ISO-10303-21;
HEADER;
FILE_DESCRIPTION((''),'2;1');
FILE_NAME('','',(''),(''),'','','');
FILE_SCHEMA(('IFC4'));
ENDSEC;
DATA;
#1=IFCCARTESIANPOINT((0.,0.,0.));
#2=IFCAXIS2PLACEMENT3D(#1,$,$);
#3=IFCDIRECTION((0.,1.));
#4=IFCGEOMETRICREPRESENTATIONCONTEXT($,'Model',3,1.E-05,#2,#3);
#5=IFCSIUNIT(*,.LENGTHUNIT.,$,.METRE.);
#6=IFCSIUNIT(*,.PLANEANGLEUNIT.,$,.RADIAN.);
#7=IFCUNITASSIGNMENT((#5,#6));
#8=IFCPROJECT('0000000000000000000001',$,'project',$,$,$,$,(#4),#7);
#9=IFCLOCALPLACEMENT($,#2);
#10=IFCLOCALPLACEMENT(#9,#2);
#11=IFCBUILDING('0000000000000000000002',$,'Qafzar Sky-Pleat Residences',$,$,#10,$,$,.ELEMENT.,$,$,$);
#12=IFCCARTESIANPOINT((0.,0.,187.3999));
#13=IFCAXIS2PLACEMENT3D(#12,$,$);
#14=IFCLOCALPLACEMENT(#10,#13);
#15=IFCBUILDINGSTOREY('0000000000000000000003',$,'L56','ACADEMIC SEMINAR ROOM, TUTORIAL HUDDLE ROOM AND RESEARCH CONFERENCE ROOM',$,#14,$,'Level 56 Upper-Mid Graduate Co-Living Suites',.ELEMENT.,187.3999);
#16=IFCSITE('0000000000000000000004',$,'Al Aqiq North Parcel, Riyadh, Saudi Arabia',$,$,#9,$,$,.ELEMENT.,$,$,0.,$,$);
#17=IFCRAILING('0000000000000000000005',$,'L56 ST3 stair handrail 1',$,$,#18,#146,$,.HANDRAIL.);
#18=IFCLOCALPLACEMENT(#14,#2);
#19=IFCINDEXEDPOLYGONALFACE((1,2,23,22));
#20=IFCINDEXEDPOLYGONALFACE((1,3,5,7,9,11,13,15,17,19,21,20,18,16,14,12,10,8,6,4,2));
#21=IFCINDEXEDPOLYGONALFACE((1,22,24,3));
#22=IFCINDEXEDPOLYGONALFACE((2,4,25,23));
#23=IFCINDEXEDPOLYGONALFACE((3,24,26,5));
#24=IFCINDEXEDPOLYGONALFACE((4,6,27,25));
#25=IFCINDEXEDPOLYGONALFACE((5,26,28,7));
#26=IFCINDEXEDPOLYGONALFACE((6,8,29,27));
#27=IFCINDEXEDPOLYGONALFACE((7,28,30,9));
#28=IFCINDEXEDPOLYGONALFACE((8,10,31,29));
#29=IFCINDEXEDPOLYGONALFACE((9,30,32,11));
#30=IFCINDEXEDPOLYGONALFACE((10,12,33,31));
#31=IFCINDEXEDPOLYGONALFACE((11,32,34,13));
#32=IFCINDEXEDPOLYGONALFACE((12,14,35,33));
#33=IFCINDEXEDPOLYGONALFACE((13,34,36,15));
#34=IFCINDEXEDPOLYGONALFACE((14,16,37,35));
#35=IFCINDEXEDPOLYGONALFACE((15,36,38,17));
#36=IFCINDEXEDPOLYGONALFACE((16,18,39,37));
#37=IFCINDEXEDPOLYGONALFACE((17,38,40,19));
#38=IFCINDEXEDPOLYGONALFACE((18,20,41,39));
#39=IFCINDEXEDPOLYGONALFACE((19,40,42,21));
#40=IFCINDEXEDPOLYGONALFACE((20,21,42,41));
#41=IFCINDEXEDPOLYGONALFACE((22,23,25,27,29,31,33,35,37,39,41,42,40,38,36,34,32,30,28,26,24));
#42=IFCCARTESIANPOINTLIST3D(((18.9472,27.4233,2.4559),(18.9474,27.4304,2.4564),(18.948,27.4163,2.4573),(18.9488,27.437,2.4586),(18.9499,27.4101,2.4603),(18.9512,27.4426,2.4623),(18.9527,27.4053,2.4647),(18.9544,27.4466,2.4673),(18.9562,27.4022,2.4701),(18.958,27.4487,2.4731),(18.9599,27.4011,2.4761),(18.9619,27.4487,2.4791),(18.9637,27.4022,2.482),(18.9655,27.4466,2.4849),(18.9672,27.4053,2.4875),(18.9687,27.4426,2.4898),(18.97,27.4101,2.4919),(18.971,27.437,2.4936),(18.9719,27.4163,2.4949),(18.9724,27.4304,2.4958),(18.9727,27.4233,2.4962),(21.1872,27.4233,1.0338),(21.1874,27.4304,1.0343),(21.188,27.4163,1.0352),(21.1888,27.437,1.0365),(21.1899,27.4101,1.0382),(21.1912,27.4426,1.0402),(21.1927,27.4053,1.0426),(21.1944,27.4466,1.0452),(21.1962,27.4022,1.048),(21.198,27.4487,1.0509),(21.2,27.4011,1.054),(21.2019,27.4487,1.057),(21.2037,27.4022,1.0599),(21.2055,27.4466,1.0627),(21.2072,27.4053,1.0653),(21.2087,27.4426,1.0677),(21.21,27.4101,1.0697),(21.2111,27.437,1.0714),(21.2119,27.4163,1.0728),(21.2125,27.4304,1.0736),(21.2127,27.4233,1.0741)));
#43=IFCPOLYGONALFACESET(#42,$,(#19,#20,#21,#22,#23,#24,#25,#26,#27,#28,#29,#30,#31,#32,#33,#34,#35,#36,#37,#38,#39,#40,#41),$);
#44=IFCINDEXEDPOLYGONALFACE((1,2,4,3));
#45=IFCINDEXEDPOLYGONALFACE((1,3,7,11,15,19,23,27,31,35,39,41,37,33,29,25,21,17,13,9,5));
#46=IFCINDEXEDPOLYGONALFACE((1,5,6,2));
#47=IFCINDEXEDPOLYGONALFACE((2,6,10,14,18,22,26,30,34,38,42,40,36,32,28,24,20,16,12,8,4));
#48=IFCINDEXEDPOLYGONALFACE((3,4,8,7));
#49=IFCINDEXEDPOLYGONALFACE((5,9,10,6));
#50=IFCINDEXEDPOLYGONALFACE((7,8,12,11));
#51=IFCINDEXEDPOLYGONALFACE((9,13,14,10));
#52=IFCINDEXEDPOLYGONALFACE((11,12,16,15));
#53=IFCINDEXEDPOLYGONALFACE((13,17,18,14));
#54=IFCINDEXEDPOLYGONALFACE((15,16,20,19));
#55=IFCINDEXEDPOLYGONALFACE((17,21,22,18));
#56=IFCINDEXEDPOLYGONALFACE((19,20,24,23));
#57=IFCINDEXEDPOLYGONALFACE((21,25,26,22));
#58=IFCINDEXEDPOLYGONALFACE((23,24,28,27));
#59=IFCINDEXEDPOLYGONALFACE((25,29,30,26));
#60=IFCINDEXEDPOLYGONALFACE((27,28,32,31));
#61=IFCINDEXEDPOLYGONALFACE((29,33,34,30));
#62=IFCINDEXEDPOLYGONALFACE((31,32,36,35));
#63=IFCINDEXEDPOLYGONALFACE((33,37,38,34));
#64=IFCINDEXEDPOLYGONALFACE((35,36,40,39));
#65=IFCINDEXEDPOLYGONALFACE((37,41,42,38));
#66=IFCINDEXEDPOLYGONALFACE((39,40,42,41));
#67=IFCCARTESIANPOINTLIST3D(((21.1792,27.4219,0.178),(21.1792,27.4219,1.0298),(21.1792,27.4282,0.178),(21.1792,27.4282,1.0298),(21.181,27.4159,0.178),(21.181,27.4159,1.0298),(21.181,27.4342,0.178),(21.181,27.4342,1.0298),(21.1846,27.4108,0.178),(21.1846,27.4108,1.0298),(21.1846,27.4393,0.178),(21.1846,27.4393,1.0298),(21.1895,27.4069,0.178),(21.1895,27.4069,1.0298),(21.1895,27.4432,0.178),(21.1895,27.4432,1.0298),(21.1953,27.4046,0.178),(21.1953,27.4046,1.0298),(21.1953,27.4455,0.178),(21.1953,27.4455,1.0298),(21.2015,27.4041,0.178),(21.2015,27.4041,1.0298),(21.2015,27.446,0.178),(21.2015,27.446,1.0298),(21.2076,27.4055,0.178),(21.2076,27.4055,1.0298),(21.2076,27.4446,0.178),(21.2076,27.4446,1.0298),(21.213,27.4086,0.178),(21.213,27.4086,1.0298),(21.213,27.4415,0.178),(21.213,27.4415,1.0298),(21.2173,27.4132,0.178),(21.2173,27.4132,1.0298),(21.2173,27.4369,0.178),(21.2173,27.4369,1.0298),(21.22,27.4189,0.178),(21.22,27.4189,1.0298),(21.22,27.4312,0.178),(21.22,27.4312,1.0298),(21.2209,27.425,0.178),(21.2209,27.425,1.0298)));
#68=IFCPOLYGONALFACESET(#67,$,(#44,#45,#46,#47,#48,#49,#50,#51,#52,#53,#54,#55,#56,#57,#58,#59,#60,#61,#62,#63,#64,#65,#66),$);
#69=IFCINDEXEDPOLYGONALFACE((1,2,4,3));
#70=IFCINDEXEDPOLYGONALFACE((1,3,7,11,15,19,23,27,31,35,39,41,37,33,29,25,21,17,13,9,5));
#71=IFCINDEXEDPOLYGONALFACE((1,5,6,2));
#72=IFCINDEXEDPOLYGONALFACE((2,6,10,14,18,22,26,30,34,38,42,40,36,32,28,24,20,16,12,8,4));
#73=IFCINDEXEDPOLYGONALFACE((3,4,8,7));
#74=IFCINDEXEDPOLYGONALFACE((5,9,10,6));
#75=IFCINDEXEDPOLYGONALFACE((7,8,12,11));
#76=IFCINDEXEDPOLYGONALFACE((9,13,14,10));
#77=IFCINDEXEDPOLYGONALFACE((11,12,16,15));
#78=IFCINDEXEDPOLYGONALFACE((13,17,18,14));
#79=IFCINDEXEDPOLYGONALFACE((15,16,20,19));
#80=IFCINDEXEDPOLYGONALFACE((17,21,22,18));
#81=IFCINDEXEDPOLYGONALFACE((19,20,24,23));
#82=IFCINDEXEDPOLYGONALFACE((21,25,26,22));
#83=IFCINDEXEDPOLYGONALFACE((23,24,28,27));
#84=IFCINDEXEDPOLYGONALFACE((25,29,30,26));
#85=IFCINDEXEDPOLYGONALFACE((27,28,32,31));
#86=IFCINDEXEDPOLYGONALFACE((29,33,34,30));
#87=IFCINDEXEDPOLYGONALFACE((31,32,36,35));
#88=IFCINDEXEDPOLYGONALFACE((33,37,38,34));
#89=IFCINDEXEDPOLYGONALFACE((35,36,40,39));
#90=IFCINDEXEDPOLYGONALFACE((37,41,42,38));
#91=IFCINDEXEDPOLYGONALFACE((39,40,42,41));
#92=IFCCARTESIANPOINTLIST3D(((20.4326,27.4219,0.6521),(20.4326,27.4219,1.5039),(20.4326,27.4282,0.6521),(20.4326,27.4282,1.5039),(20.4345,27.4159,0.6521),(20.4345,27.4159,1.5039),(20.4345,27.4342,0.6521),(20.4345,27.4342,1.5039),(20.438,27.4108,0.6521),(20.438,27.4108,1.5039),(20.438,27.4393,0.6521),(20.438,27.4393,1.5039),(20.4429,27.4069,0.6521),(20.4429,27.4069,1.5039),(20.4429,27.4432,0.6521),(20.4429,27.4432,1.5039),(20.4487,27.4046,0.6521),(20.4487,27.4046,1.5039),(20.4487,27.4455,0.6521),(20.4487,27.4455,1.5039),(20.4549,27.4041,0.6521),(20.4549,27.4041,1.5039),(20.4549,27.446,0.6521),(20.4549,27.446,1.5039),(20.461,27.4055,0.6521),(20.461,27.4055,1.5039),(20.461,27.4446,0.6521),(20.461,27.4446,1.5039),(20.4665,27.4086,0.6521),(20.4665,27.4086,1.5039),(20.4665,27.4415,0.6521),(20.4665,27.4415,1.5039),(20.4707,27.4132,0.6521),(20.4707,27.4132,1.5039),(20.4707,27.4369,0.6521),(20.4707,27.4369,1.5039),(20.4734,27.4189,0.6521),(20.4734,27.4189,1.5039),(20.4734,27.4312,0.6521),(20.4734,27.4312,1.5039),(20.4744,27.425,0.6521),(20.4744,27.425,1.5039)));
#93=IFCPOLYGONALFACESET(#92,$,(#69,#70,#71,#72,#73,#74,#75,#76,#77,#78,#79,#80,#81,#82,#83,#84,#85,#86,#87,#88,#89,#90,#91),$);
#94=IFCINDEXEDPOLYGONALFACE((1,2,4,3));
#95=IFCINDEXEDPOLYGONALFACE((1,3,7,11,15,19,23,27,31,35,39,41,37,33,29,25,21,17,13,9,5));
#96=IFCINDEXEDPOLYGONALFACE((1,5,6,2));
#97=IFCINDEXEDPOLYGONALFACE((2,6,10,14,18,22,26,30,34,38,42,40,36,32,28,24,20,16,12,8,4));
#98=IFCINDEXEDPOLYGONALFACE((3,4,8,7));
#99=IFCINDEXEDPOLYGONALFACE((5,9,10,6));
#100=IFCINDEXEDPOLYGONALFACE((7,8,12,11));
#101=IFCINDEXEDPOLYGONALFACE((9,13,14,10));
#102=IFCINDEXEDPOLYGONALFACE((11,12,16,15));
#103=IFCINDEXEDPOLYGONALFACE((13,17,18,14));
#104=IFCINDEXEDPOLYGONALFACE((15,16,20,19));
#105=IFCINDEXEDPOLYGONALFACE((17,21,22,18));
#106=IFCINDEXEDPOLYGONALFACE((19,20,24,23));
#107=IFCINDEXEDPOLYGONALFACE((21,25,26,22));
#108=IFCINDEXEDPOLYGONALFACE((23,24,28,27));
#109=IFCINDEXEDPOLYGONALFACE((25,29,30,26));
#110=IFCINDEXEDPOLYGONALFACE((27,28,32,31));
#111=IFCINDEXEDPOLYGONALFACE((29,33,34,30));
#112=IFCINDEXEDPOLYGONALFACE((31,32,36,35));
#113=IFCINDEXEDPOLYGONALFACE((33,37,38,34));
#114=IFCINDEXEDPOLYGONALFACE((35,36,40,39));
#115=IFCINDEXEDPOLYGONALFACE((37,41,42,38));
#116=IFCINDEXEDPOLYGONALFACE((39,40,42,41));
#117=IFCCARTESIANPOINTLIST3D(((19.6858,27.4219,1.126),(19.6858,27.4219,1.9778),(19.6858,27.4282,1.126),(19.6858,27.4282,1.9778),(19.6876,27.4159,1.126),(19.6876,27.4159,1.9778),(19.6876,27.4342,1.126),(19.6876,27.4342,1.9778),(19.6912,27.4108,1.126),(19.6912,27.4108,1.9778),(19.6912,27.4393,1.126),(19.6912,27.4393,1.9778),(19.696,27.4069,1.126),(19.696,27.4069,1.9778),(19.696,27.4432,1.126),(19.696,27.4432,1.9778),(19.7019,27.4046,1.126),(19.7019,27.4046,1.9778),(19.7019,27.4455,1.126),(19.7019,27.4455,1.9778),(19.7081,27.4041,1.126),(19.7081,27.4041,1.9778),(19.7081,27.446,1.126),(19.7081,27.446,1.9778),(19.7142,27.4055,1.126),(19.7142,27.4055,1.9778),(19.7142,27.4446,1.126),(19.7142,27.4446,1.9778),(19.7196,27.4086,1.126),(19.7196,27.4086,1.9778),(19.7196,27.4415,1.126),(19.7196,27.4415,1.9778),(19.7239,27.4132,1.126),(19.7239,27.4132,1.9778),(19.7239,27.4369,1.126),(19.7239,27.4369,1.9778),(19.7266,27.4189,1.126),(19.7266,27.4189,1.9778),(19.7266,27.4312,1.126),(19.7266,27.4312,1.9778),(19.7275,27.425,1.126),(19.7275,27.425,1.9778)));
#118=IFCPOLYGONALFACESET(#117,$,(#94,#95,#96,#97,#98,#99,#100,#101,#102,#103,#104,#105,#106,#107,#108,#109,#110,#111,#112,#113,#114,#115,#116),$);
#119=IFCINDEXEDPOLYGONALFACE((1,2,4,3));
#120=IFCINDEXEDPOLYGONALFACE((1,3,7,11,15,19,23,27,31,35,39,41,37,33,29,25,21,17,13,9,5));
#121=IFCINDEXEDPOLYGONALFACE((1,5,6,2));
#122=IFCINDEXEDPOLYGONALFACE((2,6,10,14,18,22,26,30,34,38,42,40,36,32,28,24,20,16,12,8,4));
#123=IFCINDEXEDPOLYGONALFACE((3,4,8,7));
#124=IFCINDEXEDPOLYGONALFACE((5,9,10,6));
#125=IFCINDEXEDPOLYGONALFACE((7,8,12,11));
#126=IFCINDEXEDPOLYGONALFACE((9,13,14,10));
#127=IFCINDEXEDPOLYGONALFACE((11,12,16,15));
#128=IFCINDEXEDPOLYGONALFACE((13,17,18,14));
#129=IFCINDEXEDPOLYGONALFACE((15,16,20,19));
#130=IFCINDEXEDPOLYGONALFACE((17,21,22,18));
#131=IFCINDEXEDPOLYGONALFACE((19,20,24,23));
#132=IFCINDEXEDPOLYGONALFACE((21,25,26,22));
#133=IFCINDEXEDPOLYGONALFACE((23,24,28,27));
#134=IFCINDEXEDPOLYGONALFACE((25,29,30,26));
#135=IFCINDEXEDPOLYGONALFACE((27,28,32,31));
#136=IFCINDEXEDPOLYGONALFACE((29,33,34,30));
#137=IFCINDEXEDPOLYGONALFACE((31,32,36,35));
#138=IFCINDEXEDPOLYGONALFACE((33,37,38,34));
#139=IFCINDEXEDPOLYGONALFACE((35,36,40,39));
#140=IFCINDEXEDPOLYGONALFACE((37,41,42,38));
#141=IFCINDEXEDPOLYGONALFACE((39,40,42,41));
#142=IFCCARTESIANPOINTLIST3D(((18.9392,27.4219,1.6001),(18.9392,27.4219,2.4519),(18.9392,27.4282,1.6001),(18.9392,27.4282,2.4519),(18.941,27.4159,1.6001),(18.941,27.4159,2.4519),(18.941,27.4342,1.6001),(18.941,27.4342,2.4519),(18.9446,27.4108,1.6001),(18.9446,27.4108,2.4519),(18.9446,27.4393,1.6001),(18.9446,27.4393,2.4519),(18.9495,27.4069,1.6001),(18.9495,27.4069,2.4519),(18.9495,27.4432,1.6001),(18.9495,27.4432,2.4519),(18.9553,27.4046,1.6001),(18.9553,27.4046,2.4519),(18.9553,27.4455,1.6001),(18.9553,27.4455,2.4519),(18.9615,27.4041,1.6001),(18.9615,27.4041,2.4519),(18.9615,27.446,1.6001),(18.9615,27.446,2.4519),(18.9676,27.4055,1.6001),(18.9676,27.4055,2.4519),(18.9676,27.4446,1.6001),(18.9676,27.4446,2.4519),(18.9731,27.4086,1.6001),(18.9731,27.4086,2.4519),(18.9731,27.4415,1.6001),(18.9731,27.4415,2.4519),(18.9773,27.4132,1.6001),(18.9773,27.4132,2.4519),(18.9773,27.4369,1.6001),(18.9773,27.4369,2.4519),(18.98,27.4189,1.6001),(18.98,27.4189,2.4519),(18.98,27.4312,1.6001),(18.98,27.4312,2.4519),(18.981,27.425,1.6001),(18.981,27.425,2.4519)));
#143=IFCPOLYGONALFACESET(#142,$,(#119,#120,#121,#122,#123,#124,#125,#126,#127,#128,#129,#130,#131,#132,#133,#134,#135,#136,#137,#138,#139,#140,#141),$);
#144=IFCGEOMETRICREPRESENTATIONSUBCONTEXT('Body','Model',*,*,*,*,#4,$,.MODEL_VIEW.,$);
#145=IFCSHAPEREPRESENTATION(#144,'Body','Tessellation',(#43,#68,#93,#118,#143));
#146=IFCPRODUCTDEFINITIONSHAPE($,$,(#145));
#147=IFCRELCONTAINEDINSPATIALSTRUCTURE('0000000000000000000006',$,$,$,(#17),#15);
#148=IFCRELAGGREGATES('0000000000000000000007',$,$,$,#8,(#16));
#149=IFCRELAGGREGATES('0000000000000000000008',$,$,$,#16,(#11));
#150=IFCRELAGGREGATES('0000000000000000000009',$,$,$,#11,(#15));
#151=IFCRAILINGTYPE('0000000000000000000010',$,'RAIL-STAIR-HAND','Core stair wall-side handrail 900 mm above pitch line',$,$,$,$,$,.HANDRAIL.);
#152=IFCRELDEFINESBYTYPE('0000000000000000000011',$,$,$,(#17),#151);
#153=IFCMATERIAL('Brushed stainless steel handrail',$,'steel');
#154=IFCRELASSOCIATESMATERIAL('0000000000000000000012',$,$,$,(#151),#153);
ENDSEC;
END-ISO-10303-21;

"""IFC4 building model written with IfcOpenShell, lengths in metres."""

from ifc_helpers import new_model, si_unit, direction, frame, origin, origin_2d, place, context, subcontext, project, spatial, circle, extrude, source, transform, mapped, material, type_object, element, save


model = new_model("IFC4")

# Units and contexts
model_context = context("Model", 3, precision=1e-05, world=origin(), true_north=direction((0.0, 1.0)))
body_context = subcontext(model_context, "Body", "Model", "MODEL_VIEW")
ifc_project = project(units=[si_unit("LENGTHUNIT", "METRE"), si_unit("PLANEANGLEUNIT", "RADIAN")], contexts=[model_context])

# Site, building, storey
site_placement = place(None, origin())
site = spatial("IfcSite", under=ifc_project, at=site_placement, Name="Al Aqiq North Parcel, Riyadh, Saudi Arabia", CompositionType="ELEMENT", RefElevation=0.0)
building_placement = place(site_placement, origin())
building = spatial("IfcBuilding", under=site, at=building_placement, Name="Qafzar Sky-Pleat Residences", CompositionType="ELEMENT")
storey_placement = place(building_placement, frame((0.0, 0.0, 187.3999)))
storey = spatial("IfcBuildingStorey", under=building, at=storey_placement, Name="L56", Description="ACADEMIC SEMINAR ROOM, TUTORIAL HUDDLE ROOM AND RESEARCH CONFERENCE ROOM", LongName="Level 56 Upper-Mid Graduate Co-Living Suites", CompositionType="ELEMENT", Elevation=187.3999)

# Railing
ifc_material_1 = material(Name="Brushed stainless steel handrail", Category="steel")
railing_type = type_object("IfcRailingType", Name="RAIL-STAIR-HAND", Description="Core stair wall-side handrail 900 mm above pitch line", PredefinedType="HANDRAIL", material=ifc_material_1)
shared_shape_1 = source(origin(), body_context, "Body", "SweptSolid", [
    extrude(circle(Radius=0.0239, at=origin_2d()), frame((0.0, 0.0, 0.876), z_axis=(-0.844229, 0.0, 0.535982), x_axis=(0.0, -1.0, 0.0)), (0.0, 0.0, 1.0), 2.6533),
    extrude(circle(Radius=0.021, at=origin_2d()), origin(), (0.0, 0.0, 1.0), 0.8518),
    extrude(circle(Radius=0.021, at=origin_2d()), frame((-0.7466, 0.0, 0.4741)), (0.0, 0.0, 1.0), 0.8518),
    extrude(circle(Radius=0.021, at=origin_2d()), frame((-1.4934, 0.0, 0.948)), (0.0, 0.0, 1.0), 0.8518),
    extrude(circle(Radius=0.021, at=origin_2d()), frame((-2.24, 0.0, 1.4221)), (0.0, 0.0, 1.0), 0.8518),
])
railing_placement = place(storey_placement, frame((21.2, 27.425, 0.178)))
element("IfcRailing", 1, at=railing_placement, inside=storey, type_object=railing_type, Name="L56 ST3 stair handrail 1", PredefinedType="HANDRAIL", context=body_context, shape_type="MappedRepresentation", body=[
    mapped(shared_shape_1, transform((0.0, 0.0, 0.0), x_axis=(1.0, 0.0, 0.0), y_axis=(0.0, 1.0, 0.0), z_axis=(0.0, 0.0, 1.0), scale=1.0)),
])

save(model, "model.ifc")
